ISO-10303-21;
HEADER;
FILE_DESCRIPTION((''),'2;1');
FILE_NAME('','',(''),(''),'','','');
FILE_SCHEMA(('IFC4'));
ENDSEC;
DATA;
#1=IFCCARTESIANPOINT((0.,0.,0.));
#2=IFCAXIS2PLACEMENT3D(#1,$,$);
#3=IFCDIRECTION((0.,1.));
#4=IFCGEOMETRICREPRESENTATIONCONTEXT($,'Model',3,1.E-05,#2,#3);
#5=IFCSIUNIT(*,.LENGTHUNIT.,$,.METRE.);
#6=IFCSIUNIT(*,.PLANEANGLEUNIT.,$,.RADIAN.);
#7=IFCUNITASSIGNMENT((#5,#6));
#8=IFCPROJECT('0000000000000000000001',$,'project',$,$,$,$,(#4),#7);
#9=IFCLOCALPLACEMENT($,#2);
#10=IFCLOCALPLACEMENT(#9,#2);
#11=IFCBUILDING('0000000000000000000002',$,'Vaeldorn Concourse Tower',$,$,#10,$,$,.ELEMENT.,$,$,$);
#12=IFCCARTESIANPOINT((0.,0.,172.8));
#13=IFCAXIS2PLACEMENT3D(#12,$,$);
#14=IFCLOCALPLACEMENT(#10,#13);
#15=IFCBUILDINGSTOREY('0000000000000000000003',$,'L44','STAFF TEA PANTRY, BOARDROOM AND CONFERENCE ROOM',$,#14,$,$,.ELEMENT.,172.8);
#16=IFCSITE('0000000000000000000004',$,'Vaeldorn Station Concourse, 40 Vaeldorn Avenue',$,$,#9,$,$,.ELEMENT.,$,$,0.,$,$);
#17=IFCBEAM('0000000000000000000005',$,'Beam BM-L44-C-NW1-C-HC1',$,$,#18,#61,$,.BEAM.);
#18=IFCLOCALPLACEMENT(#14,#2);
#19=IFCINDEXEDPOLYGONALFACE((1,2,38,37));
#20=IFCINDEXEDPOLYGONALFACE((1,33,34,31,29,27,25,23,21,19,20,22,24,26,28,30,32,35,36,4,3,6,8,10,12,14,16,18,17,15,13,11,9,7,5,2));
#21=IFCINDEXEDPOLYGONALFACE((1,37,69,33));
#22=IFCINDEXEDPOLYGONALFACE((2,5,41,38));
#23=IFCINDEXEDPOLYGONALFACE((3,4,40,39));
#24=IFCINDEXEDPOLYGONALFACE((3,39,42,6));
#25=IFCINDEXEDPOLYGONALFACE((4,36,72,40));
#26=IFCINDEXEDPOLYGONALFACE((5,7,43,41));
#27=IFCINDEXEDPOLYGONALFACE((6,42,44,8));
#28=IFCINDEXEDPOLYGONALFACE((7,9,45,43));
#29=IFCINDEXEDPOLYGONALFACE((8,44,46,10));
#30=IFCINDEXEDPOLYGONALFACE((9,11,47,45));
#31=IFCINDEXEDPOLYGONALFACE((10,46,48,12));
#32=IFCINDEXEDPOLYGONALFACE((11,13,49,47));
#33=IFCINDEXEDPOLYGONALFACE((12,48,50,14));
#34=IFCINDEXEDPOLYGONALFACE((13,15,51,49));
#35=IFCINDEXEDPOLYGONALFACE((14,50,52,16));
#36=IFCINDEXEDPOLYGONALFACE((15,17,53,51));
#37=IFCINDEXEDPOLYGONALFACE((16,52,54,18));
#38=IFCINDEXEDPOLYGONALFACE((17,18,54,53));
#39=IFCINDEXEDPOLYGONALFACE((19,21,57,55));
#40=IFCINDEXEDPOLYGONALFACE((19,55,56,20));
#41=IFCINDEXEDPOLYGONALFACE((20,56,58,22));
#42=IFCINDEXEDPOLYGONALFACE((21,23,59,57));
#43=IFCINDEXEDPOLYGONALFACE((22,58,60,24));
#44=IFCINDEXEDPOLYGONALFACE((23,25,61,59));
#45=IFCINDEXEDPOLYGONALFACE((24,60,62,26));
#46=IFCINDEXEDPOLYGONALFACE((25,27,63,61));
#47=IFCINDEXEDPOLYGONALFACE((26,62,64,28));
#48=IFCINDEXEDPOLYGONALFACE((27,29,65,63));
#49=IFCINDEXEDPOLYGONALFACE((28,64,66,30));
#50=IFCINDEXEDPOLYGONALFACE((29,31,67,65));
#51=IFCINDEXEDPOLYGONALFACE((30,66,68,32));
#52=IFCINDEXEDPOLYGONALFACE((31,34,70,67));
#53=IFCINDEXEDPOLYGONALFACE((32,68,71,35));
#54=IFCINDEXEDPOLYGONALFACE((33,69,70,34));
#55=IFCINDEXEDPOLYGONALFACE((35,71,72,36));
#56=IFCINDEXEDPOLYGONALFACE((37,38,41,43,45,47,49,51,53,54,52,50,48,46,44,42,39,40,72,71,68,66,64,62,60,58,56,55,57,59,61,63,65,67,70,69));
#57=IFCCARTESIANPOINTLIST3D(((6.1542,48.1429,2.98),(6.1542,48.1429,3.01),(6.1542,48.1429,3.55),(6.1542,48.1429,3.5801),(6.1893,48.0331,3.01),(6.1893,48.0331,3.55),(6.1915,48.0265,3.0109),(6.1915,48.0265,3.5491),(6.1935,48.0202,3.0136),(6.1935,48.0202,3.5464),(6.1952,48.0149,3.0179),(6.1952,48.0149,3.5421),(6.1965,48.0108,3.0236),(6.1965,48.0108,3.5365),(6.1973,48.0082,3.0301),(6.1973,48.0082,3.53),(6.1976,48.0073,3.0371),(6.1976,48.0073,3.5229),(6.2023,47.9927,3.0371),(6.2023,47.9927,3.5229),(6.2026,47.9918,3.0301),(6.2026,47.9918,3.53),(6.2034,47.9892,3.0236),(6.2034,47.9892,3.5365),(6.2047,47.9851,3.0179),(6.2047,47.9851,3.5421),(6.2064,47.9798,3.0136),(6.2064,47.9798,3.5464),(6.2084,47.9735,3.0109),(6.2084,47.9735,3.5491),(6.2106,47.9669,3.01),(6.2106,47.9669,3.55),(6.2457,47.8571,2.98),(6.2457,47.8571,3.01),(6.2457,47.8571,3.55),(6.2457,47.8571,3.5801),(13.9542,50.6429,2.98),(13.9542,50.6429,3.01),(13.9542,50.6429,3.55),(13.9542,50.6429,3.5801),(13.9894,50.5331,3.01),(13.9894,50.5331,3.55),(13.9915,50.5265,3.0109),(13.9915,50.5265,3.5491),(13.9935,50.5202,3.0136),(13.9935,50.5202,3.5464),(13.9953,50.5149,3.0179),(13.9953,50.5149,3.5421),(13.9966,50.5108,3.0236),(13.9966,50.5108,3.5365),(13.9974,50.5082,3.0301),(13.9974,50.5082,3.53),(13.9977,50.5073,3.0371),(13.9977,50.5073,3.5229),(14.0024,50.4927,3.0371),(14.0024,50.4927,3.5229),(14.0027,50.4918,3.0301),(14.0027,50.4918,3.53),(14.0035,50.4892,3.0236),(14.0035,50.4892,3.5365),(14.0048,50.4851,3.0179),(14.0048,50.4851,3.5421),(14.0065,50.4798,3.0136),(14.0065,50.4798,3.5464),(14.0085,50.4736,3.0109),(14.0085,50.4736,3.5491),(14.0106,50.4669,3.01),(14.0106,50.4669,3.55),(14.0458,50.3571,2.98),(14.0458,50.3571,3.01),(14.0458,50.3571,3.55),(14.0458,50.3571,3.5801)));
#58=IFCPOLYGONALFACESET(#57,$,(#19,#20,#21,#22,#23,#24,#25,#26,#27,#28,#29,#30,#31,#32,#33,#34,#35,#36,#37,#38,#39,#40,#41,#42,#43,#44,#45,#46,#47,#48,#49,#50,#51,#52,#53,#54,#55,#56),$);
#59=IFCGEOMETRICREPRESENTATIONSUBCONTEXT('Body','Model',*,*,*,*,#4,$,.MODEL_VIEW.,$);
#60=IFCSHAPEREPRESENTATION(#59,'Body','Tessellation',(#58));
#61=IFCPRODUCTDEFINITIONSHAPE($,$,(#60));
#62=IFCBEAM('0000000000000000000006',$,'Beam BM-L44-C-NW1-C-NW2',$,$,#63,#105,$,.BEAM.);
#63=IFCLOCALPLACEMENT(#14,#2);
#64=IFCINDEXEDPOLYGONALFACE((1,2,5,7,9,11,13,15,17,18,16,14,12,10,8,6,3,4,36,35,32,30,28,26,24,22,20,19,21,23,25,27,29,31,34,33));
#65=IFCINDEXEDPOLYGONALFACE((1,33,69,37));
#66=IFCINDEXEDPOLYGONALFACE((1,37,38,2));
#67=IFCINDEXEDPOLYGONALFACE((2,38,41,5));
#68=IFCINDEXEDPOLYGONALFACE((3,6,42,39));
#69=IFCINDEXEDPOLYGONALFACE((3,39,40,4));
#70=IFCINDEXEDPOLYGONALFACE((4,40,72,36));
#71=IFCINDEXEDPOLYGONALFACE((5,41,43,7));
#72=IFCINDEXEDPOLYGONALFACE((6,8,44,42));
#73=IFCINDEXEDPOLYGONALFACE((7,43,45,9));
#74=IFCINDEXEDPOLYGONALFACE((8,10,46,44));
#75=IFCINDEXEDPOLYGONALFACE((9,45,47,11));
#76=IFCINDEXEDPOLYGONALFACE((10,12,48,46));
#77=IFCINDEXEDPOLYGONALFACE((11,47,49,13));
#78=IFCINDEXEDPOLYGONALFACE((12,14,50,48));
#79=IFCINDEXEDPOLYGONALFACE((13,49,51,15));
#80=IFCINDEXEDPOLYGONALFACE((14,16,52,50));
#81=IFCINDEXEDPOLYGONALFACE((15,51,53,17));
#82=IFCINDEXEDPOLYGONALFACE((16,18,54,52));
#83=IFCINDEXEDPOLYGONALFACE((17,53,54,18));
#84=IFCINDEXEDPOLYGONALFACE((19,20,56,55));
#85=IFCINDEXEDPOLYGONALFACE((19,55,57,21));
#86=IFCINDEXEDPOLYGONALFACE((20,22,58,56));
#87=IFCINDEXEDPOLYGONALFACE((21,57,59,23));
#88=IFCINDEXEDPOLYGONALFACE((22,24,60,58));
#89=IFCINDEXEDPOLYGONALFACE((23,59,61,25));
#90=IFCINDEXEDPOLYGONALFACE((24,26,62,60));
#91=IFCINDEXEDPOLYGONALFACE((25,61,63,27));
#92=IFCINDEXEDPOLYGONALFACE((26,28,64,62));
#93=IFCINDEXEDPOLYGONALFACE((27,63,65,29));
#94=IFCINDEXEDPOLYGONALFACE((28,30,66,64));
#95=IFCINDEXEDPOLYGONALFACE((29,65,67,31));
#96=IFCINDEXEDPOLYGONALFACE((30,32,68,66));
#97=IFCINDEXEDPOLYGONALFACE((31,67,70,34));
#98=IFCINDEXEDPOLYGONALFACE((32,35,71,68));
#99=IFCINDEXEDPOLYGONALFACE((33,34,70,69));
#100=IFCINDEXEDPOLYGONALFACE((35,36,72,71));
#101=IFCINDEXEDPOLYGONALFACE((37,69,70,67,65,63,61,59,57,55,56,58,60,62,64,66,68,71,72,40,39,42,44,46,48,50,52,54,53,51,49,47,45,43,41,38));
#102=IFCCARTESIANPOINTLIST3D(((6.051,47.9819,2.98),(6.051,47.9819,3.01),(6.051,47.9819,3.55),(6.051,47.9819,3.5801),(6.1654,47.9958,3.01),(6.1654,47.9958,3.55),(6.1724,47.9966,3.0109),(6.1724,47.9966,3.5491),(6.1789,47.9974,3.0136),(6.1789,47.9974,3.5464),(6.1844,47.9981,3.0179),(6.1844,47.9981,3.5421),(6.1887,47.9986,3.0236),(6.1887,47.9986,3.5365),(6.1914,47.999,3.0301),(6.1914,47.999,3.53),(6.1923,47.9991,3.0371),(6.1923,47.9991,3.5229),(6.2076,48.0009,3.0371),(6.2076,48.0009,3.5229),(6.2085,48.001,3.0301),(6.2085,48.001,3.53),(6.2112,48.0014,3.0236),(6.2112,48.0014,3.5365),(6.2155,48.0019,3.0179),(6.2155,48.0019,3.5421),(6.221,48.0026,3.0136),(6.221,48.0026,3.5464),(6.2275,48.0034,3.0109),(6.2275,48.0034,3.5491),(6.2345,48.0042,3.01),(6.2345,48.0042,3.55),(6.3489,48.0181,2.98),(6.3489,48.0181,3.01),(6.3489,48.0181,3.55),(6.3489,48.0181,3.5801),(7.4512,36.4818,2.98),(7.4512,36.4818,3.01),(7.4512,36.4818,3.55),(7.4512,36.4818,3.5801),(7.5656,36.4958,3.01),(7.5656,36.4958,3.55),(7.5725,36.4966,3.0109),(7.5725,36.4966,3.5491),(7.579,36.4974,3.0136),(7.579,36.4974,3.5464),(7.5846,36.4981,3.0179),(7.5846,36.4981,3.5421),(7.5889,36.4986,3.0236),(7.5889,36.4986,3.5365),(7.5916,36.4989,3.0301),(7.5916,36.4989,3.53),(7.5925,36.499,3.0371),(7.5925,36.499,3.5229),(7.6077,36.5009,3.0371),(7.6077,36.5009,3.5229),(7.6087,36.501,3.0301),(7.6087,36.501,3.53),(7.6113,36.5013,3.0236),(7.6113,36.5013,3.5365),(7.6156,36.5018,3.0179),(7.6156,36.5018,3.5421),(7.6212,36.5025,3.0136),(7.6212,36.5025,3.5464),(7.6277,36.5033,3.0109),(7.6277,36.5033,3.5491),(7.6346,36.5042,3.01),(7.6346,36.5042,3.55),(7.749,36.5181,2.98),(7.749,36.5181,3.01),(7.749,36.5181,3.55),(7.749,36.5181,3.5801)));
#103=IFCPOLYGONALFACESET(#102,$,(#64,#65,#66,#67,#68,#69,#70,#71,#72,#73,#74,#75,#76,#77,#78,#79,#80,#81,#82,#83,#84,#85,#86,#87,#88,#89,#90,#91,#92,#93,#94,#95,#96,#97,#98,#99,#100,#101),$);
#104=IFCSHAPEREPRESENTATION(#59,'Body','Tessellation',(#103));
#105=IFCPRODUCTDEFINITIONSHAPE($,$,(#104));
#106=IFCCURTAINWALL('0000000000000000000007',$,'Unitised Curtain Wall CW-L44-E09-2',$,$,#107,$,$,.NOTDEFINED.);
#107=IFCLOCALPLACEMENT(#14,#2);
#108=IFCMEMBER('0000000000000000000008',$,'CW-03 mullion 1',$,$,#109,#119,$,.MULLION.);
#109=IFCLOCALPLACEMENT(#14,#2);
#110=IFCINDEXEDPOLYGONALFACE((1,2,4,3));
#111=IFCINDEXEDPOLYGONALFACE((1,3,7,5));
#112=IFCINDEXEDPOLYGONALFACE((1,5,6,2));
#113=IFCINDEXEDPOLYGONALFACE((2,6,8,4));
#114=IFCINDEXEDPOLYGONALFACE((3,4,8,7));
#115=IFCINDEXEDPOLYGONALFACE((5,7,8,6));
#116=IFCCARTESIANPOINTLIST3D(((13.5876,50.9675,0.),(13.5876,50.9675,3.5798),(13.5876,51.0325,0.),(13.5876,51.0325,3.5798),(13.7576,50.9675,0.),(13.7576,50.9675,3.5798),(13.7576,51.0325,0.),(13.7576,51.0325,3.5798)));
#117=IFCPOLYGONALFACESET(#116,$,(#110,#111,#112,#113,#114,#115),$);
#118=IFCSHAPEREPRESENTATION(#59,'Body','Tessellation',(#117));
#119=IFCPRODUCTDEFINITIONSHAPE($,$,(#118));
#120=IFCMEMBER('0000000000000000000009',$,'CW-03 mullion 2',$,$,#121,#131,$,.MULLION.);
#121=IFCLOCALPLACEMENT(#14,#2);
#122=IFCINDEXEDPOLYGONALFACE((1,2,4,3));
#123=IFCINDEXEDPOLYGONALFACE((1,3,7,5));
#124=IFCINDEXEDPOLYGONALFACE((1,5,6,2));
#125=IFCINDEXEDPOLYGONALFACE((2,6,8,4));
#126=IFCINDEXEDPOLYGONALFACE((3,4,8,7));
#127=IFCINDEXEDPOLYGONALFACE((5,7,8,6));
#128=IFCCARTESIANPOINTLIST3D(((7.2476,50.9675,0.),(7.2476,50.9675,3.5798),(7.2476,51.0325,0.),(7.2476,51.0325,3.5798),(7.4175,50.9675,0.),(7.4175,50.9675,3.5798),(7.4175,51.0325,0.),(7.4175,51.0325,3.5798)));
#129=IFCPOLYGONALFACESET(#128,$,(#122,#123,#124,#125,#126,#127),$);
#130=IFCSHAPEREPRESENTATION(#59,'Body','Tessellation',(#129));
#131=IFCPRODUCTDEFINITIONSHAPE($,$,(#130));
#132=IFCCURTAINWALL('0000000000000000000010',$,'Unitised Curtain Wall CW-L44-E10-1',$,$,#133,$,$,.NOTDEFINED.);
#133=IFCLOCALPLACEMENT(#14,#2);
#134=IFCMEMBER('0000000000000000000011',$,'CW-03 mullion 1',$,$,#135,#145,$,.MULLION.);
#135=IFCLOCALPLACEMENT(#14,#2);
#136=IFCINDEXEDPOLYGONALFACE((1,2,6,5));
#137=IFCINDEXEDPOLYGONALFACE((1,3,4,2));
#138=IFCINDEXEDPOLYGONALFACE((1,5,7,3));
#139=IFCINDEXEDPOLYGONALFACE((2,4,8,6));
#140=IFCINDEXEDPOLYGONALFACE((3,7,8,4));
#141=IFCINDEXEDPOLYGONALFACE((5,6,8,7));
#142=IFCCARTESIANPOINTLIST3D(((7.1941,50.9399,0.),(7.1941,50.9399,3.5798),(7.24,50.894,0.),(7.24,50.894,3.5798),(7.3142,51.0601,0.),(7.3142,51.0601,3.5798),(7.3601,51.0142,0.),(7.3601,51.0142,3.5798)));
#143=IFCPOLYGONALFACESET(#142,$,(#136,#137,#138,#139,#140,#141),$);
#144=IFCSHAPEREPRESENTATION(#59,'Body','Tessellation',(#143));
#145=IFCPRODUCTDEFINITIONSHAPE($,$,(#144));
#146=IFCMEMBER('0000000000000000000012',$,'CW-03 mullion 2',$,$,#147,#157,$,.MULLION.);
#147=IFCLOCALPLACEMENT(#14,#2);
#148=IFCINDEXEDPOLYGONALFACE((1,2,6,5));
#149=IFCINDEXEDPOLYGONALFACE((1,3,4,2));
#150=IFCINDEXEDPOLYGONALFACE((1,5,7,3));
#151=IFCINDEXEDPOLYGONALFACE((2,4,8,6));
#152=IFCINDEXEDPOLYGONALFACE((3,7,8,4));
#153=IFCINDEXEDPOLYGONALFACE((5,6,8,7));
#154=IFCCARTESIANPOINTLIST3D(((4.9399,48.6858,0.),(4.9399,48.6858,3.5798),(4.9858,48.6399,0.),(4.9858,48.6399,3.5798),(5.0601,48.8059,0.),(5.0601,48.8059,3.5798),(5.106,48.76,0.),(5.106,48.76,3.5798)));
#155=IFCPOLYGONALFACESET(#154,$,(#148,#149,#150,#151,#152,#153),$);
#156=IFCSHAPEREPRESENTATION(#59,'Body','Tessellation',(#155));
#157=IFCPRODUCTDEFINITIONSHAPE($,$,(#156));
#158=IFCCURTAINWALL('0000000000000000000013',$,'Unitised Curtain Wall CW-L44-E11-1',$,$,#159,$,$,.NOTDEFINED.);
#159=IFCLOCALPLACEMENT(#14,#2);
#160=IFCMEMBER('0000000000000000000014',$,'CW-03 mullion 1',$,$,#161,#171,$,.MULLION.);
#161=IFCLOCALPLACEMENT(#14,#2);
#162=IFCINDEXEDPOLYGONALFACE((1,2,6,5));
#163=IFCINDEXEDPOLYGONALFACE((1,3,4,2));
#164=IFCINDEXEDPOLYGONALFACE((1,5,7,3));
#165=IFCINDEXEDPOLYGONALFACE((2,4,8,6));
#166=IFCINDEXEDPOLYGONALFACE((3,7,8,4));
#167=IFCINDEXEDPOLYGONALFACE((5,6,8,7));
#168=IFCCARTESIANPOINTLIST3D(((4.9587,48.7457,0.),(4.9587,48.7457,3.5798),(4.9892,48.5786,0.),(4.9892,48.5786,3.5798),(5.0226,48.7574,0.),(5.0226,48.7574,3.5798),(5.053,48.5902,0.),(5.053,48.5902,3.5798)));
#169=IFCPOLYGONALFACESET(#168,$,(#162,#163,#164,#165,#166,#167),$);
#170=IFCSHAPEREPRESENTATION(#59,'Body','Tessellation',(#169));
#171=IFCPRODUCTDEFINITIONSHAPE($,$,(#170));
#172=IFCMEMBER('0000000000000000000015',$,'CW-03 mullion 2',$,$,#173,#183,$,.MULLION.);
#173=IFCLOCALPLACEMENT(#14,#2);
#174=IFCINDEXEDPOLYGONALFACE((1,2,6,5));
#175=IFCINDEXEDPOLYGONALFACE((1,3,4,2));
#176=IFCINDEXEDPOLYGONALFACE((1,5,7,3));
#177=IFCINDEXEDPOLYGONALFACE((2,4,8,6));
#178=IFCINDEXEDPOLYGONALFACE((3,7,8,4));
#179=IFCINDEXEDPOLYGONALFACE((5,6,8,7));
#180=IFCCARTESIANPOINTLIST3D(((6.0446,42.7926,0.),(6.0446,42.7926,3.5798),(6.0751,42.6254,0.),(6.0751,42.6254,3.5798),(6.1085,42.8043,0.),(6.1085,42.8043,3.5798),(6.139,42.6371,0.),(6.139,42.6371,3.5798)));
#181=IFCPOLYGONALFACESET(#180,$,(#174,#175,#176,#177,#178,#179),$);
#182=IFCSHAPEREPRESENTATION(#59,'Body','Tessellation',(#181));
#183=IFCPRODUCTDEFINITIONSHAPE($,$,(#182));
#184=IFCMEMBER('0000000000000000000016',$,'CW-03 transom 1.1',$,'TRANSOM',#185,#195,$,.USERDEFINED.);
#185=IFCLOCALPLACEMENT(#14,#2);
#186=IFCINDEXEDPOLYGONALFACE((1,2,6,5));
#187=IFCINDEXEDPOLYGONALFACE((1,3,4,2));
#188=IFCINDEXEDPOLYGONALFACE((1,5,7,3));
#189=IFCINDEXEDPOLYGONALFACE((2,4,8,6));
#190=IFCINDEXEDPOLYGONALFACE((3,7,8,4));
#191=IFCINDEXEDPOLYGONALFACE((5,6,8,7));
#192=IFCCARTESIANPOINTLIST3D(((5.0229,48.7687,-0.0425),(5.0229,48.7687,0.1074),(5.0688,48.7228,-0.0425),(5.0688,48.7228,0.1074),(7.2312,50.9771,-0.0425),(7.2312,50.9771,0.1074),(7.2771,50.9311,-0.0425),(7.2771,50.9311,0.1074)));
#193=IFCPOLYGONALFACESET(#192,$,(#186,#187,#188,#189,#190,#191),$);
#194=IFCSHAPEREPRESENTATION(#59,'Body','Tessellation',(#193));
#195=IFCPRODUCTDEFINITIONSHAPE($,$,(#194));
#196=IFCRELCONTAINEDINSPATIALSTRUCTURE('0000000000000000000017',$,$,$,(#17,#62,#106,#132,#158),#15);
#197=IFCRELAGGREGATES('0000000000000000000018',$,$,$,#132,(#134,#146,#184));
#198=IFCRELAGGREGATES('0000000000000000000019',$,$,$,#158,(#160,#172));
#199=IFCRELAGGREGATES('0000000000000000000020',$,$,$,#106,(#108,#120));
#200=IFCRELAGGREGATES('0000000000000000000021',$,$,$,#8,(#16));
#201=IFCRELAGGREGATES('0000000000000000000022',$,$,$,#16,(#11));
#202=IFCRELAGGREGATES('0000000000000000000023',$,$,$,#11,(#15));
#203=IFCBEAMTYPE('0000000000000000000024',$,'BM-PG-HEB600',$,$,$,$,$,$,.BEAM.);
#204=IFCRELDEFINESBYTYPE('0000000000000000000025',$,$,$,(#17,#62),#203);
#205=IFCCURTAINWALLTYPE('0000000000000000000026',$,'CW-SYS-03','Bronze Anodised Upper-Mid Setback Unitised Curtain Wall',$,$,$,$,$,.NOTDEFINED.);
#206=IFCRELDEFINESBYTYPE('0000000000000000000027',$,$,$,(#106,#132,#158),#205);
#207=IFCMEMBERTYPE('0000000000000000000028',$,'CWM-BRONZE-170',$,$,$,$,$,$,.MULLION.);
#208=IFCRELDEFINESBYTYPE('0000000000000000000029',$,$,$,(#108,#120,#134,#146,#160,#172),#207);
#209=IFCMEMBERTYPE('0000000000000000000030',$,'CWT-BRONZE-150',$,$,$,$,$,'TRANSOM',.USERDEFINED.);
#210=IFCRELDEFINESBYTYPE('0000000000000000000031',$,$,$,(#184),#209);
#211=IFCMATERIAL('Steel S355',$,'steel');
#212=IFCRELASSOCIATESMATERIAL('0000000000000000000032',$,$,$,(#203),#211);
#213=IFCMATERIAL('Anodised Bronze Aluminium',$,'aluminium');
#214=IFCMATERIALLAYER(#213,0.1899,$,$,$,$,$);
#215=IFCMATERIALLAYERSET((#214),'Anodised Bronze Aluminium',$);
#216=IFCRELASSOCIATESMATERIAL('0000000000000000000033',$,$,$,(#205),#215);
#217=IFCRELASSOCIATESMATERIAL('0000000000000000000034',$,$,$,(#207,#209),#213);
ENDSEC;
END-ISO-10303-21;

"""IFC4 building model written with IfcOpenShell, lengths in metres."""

from ifc_helpers import new_model, si_unit, direction, frame, origin, origin_2d, place, context, subcontext, project, spatial, rectangle, i_section, extrude, source, transform, mapped, material, layer, layer_set, material_profile, profile_set, type_object, element, aggregate, save


model = new_model("IFC4")

# Units and contexts
model_context = context("Model", 3, precision=1e-05, world=origin(), true_north=direction((0.0, 1.0)))
body_context = subcontext(model_context, "Body", "Model", "MODEL_VIEW")
ifc_project = project(units=[si_unit("LENGTHUNIT", "METRE"), si_unit("PLANEANGLEUNIT", "RADIAN")], contexts=[model_context])

# Site, building, storey
site_placement = place(None, origin())
site = spatial("IfcSite", under=ifc_project, at=site_placement, Name="Vaeldorn Station Concourse, 40 Vaeldorn Avenue", CompositionType="ELEMENT", RefElevation=0.0)
building_placement = place(site_placement, origin())
building = spatial("IfcBuilding", under=site, at=building_placement, Name="Vaeldorn Concourse Tower", CompositionType="ELEMENT")
storey_placement = place(building_placement, frame((0.0, 0.0, 172.8)))
storey = spatial("IfcBuildingStorey", under=building, at=storey_placement, Name="L44", Description="STAFF TEA PANTRY, BOARDROOM AND CONFERENCE ROOM", CompositionType="ELEMENT", Elevation=172.8)

# Beams
ifc_material_1 = material(Name="Steel S355", Category="steel")
ifc_material_profile_1 = material_profile(ifc_material_1, i_section(OverallWidth=0.3, OverallDepth=0.6001, WebThickness=0.0154, FlangeThickness=0.03, FilletRadius=0.0271, at=origin_2d()), Name="HEB 600")
ifc_profile_set_1 = profile_set([ifc_material_profile_1], Name="Steel S355")
beam_type_1 = type_object("IfcBeamType", Name="BM-PG-HEB600", PredefinedType="BEAM", material=ifc_profile_set_1)
shared_shape_1 = source(origin(), body_context, "Body", "SweptSolid", [
    extrude(i_section(OverallWidth=0.3, OverallDepth=0.6001, WebThickness=0.0154, FlangeThickness=0.03, FilletRadius=0.0271, at=origin_2d()), origin(), (0.0, 0.0, 1.0), 8.1909),
])
beam_1_placement = place(storey_placement, frame((6.2, 48.0, 3.28), z_axis=(0.952283, 0.305217, 0.0), x_axis=(-0.305217, 0.952283, 0.0)))
element("IfcBeam", 1, at=beam_1_placement, inside=storey, type_object=beam_type_1, Name="Beam BM-L44-C-NW1-C-HC1", PredefinedType="BEAM", context=body_context, shape_type="MappedRepresentation", body=[
    mapped(shared_shape_1, transform((0.0, 0.0, 0.0), scale=1.0)),
])
shared_shape_2 = source(origin(), body_context, "Body", "SweptSolid", [
    extrude(i_section(OverallWidth=0.3, OverallDepth=0.6001, WebThickness=0.0154, FlangeThickness=0.03, FilletRadius=0.0271, at=origin_2d()), origin(), (0.0, 0.0, 1.0), 11.585),
])
beam_2_placement = place(storey_placement, frame((6.2, 48.0, 3.28), z_axis=(0.120859, -0.99267, 0.0), x_axis=(0.99267, 0.120859, 0.0)))
element("IfcBeam", 2, at=beam_2_placement, inside=storey, type_object=beam_type_1, Name="Beam BM-L44-C-NW1-C-NW2", PredefinedType="BEAM", context=body_context, shape_type="MappedRepresentation", body=[
    mapped(shared_shape_2, transform((0.0, 0.0, 0.0), scale=1.0)),
])

# Curtain walls, members
ifc_material_2 = material(Name="Anodised Bronze Aluminium", Category="aluminium")
ifc_layer_1 = layer(ifc_material_2, 0.1899)
ifc_layer_set_1 = layer_set([ifc_layer_1], Name="Anodised Bronze Aluminium")
curtain_wall_type = type_object("IfcCurtainWallType", Name="CW-SYS-03", Description="Bronze Anodised Upper-Mid Setback Unitised Curtain Wall", PredefinedType="NOTDEFINED", material=ifc_layer_set_1)
curtain_wall_1_placement = place(storey_placement, origin())
curtain_wall_1 = element("IfcCurtainWall", 3, at=curtain_wall_1_placement, inside=storey, type_object=curtain_wall_type, Name="Unitised Curtain Wall CW-L44-E09-2", PredefinedType="NOTDEFINED")
ifc_material_profile_2 = material_profile(ifc_material_2, rectangle(XDim=0.0649, YDim=0.1699, at=origin_2d()), Name="CWM 65x170")
ifc_profile_set_2 = profile_set([ifc_material_profile_2], Name="Anodised Bronze Aluminium")
member_type_1 = type_object("IfcMemberType", Name="CWM-BRONZE-170", PredefinedType="MULLION", material=ifc_profile_set_2)
shared_shape_3 = source(origin(), body_context, "Body", "SweptSolid", [
    extrude(rectangle(XDim=0.0649, YDim=0.1699, at=origin_2d()), origin(), (0.0, 0.0, 1.0), 3.5798),
])
member_1_placement = place(storey_placement, frame((13.6726, 51.0, 0.0), z_axis=(0.0, 0.0, 1.0), x_axis=(0.0, -1.0, 0.0)))
member_1 = element("IfcMember", 4, at=member_1_placement, type_object=member_type_1, Name="CW-03 mullion 1", PredefinedType="MULLION", context=body_context, shape_type="MappedRepresentation", body=[
    mapped(shared_shape_3, transform((0.0, 0.0, 0.0), scale=1.0)),
])
member_2_placement = place(storey_placement, frame((7.3325, 51.0, 0.0), z_axis=(0.0, 0.0, 1.0), x_axis=(0.0, -1.0, 0.0)))
member_2 = element("IfcMember", 5, at=member_2_placement, type_object=member_type_1, Name="CW-03 mullion 2", PredefinedType="MULLION", context=body_context, shape_type="MappedRepresentation", body=[
    mapped(shared_shape_3, transform((0.0, 0.0, 0.0), scale=1.0)),
])
curtain_wall_2_placement = place(storey_placement, origin())
curtain_wall_2 = element("IfcCurtainWall", 6, at=curtain_wall_2_placement, inside=storey, type_object=curtain_wall_type, Name="Unitised Curtain Wall CW-L44-E10-1", PredefinedType="NOTDEFINED")
member_3_placement = place(storey_placement, frame((7.2771, 50.9771, 0.0), z_axis=(0.0, 0.0, 1.0), x_axis=(0.707107, -0.707107, 0.0)))
member_3 = element("IfcMember", 7, at=member_3_placement, type_object=member_type_1, Name="CW-03 mullion 1", PredefinedType="MULLION", context=body_context, shape_type="MappedRepresentation", body=[
    mapped(shared_shape_3, transform((0.0, 0.0, 0.0), scale=1.0)),
])
member_4_placement = place(storey_placement, frame((5.0229, 48.7229, 0.0), z_axis=(0.0, 0.0, 1.0), x_axis=(0.707107, -0.707107, 0.0)))
member_4 = element("IfcMember", 8, at=member_4_placement, type_object=member_type_1, Name="CW-03 mullion 2", PredefinedType="MULLION", context=body_context, shape_type="MappedRepresentation", body=[
    mapped(shared_shape_3, transform((0.0, 0.0, 0.0), scale=1.0)),
])
curtain_wall_3_placement = place(storey_placement, origin())
curtain_wall_3 = element("IfcCurtainWall", 9, at=curtain_wall_3_placement, inside=storey, type_object=curtain_wall_type, Name="Unitised Curtain Wall CW-L44-E11-1", PredefinedType="NOTDEFINED")
member_5_placement = place(storey_placement, frame((5.0059, 48.668, 0.0), z_axis=(0.0, 0.0, 1.0), x_axis=(0.983768, 0.179447, 0.0)))
member_5 = element("IfcMember", 10, at=member_5_placement, type_object=member_type_1, Name="CW-03 mullion 1", PredefinedType="MULLION", context=body_context, shape_type="MappedRepresentation", body=[
    mapped(shared_shape_3, transform((0.0, 0.0, 0.0), scale=1.0)),
])
member_6_placement = place(storey_placement, frame((6.0918, 42.7148, 0.0), z_axis=(0.0, 0.0, 1.0), x_axis=(0.983768, 0.179447, 0.0)))
member_6 = element("IfcMember", 11, at=member_6_placement, type_object=member_type_1, Name="CW-03 mullion 2", PredefinedType="MULLION", context=body_context, shape_type="MappedRepresentation", body=[
    mapped(shared_shape_3, transform((0.0, 0.0, 0.0), scale=1.0)),
])

# Member
ifc_material_profile_3 = material_profile(ifc_material_2, rectangle(XDim=0.0649, YDim=0.1499, at=origin_2d()), Name="CWT 65x150")
ifc_profile_set_3 = profile_set([ifc_material_profile_3], Name="Anodised Bronze Aluminium")
member_type_2 = type_object("IfcMemberType", Name="CWT-BRONZE-150", ElementType="TRANSOM", PredefinedType="USERDEFINED", material=ifc_profile_set_3)
shared_shape_4 = source(origin(), body_context, "Body", "SweptSolid", [
    extrude(rectangle(XDim=0.0649, YDim=0.1499, at=origin_2d()), origin(), (0.0, 0.0, 1.0), 3.123),
])
member_7_placement = place(storey_placement, frame((7.2542, 50.9541, 0.0325), z_axis=(-0.707107, -0.707107, 0.0), x_axis=(0.707107, -0.707107, 0.0)))
member_7 = element("IfcMember", 12, at=member_7_placement, type_object=member_type_2, Name="CW-03 transom 1.1", ObjectType="TRANSOM", PredefinedType="USERDEFINED", context=body_context, shape_type="MappedRepresentation", body=[
    mapped(shared_shape_4, transform((0.0, 0.0, 0.0), scale=1.0)),
])

aggregate(curtain_wall_2, [member_3, member_4, member_7])
aggregate(curtain_wall_3, [member_5, member_6])
aggregate(curtain_wall_1, [member_1, member_2])

save(model, "model.ifc")
